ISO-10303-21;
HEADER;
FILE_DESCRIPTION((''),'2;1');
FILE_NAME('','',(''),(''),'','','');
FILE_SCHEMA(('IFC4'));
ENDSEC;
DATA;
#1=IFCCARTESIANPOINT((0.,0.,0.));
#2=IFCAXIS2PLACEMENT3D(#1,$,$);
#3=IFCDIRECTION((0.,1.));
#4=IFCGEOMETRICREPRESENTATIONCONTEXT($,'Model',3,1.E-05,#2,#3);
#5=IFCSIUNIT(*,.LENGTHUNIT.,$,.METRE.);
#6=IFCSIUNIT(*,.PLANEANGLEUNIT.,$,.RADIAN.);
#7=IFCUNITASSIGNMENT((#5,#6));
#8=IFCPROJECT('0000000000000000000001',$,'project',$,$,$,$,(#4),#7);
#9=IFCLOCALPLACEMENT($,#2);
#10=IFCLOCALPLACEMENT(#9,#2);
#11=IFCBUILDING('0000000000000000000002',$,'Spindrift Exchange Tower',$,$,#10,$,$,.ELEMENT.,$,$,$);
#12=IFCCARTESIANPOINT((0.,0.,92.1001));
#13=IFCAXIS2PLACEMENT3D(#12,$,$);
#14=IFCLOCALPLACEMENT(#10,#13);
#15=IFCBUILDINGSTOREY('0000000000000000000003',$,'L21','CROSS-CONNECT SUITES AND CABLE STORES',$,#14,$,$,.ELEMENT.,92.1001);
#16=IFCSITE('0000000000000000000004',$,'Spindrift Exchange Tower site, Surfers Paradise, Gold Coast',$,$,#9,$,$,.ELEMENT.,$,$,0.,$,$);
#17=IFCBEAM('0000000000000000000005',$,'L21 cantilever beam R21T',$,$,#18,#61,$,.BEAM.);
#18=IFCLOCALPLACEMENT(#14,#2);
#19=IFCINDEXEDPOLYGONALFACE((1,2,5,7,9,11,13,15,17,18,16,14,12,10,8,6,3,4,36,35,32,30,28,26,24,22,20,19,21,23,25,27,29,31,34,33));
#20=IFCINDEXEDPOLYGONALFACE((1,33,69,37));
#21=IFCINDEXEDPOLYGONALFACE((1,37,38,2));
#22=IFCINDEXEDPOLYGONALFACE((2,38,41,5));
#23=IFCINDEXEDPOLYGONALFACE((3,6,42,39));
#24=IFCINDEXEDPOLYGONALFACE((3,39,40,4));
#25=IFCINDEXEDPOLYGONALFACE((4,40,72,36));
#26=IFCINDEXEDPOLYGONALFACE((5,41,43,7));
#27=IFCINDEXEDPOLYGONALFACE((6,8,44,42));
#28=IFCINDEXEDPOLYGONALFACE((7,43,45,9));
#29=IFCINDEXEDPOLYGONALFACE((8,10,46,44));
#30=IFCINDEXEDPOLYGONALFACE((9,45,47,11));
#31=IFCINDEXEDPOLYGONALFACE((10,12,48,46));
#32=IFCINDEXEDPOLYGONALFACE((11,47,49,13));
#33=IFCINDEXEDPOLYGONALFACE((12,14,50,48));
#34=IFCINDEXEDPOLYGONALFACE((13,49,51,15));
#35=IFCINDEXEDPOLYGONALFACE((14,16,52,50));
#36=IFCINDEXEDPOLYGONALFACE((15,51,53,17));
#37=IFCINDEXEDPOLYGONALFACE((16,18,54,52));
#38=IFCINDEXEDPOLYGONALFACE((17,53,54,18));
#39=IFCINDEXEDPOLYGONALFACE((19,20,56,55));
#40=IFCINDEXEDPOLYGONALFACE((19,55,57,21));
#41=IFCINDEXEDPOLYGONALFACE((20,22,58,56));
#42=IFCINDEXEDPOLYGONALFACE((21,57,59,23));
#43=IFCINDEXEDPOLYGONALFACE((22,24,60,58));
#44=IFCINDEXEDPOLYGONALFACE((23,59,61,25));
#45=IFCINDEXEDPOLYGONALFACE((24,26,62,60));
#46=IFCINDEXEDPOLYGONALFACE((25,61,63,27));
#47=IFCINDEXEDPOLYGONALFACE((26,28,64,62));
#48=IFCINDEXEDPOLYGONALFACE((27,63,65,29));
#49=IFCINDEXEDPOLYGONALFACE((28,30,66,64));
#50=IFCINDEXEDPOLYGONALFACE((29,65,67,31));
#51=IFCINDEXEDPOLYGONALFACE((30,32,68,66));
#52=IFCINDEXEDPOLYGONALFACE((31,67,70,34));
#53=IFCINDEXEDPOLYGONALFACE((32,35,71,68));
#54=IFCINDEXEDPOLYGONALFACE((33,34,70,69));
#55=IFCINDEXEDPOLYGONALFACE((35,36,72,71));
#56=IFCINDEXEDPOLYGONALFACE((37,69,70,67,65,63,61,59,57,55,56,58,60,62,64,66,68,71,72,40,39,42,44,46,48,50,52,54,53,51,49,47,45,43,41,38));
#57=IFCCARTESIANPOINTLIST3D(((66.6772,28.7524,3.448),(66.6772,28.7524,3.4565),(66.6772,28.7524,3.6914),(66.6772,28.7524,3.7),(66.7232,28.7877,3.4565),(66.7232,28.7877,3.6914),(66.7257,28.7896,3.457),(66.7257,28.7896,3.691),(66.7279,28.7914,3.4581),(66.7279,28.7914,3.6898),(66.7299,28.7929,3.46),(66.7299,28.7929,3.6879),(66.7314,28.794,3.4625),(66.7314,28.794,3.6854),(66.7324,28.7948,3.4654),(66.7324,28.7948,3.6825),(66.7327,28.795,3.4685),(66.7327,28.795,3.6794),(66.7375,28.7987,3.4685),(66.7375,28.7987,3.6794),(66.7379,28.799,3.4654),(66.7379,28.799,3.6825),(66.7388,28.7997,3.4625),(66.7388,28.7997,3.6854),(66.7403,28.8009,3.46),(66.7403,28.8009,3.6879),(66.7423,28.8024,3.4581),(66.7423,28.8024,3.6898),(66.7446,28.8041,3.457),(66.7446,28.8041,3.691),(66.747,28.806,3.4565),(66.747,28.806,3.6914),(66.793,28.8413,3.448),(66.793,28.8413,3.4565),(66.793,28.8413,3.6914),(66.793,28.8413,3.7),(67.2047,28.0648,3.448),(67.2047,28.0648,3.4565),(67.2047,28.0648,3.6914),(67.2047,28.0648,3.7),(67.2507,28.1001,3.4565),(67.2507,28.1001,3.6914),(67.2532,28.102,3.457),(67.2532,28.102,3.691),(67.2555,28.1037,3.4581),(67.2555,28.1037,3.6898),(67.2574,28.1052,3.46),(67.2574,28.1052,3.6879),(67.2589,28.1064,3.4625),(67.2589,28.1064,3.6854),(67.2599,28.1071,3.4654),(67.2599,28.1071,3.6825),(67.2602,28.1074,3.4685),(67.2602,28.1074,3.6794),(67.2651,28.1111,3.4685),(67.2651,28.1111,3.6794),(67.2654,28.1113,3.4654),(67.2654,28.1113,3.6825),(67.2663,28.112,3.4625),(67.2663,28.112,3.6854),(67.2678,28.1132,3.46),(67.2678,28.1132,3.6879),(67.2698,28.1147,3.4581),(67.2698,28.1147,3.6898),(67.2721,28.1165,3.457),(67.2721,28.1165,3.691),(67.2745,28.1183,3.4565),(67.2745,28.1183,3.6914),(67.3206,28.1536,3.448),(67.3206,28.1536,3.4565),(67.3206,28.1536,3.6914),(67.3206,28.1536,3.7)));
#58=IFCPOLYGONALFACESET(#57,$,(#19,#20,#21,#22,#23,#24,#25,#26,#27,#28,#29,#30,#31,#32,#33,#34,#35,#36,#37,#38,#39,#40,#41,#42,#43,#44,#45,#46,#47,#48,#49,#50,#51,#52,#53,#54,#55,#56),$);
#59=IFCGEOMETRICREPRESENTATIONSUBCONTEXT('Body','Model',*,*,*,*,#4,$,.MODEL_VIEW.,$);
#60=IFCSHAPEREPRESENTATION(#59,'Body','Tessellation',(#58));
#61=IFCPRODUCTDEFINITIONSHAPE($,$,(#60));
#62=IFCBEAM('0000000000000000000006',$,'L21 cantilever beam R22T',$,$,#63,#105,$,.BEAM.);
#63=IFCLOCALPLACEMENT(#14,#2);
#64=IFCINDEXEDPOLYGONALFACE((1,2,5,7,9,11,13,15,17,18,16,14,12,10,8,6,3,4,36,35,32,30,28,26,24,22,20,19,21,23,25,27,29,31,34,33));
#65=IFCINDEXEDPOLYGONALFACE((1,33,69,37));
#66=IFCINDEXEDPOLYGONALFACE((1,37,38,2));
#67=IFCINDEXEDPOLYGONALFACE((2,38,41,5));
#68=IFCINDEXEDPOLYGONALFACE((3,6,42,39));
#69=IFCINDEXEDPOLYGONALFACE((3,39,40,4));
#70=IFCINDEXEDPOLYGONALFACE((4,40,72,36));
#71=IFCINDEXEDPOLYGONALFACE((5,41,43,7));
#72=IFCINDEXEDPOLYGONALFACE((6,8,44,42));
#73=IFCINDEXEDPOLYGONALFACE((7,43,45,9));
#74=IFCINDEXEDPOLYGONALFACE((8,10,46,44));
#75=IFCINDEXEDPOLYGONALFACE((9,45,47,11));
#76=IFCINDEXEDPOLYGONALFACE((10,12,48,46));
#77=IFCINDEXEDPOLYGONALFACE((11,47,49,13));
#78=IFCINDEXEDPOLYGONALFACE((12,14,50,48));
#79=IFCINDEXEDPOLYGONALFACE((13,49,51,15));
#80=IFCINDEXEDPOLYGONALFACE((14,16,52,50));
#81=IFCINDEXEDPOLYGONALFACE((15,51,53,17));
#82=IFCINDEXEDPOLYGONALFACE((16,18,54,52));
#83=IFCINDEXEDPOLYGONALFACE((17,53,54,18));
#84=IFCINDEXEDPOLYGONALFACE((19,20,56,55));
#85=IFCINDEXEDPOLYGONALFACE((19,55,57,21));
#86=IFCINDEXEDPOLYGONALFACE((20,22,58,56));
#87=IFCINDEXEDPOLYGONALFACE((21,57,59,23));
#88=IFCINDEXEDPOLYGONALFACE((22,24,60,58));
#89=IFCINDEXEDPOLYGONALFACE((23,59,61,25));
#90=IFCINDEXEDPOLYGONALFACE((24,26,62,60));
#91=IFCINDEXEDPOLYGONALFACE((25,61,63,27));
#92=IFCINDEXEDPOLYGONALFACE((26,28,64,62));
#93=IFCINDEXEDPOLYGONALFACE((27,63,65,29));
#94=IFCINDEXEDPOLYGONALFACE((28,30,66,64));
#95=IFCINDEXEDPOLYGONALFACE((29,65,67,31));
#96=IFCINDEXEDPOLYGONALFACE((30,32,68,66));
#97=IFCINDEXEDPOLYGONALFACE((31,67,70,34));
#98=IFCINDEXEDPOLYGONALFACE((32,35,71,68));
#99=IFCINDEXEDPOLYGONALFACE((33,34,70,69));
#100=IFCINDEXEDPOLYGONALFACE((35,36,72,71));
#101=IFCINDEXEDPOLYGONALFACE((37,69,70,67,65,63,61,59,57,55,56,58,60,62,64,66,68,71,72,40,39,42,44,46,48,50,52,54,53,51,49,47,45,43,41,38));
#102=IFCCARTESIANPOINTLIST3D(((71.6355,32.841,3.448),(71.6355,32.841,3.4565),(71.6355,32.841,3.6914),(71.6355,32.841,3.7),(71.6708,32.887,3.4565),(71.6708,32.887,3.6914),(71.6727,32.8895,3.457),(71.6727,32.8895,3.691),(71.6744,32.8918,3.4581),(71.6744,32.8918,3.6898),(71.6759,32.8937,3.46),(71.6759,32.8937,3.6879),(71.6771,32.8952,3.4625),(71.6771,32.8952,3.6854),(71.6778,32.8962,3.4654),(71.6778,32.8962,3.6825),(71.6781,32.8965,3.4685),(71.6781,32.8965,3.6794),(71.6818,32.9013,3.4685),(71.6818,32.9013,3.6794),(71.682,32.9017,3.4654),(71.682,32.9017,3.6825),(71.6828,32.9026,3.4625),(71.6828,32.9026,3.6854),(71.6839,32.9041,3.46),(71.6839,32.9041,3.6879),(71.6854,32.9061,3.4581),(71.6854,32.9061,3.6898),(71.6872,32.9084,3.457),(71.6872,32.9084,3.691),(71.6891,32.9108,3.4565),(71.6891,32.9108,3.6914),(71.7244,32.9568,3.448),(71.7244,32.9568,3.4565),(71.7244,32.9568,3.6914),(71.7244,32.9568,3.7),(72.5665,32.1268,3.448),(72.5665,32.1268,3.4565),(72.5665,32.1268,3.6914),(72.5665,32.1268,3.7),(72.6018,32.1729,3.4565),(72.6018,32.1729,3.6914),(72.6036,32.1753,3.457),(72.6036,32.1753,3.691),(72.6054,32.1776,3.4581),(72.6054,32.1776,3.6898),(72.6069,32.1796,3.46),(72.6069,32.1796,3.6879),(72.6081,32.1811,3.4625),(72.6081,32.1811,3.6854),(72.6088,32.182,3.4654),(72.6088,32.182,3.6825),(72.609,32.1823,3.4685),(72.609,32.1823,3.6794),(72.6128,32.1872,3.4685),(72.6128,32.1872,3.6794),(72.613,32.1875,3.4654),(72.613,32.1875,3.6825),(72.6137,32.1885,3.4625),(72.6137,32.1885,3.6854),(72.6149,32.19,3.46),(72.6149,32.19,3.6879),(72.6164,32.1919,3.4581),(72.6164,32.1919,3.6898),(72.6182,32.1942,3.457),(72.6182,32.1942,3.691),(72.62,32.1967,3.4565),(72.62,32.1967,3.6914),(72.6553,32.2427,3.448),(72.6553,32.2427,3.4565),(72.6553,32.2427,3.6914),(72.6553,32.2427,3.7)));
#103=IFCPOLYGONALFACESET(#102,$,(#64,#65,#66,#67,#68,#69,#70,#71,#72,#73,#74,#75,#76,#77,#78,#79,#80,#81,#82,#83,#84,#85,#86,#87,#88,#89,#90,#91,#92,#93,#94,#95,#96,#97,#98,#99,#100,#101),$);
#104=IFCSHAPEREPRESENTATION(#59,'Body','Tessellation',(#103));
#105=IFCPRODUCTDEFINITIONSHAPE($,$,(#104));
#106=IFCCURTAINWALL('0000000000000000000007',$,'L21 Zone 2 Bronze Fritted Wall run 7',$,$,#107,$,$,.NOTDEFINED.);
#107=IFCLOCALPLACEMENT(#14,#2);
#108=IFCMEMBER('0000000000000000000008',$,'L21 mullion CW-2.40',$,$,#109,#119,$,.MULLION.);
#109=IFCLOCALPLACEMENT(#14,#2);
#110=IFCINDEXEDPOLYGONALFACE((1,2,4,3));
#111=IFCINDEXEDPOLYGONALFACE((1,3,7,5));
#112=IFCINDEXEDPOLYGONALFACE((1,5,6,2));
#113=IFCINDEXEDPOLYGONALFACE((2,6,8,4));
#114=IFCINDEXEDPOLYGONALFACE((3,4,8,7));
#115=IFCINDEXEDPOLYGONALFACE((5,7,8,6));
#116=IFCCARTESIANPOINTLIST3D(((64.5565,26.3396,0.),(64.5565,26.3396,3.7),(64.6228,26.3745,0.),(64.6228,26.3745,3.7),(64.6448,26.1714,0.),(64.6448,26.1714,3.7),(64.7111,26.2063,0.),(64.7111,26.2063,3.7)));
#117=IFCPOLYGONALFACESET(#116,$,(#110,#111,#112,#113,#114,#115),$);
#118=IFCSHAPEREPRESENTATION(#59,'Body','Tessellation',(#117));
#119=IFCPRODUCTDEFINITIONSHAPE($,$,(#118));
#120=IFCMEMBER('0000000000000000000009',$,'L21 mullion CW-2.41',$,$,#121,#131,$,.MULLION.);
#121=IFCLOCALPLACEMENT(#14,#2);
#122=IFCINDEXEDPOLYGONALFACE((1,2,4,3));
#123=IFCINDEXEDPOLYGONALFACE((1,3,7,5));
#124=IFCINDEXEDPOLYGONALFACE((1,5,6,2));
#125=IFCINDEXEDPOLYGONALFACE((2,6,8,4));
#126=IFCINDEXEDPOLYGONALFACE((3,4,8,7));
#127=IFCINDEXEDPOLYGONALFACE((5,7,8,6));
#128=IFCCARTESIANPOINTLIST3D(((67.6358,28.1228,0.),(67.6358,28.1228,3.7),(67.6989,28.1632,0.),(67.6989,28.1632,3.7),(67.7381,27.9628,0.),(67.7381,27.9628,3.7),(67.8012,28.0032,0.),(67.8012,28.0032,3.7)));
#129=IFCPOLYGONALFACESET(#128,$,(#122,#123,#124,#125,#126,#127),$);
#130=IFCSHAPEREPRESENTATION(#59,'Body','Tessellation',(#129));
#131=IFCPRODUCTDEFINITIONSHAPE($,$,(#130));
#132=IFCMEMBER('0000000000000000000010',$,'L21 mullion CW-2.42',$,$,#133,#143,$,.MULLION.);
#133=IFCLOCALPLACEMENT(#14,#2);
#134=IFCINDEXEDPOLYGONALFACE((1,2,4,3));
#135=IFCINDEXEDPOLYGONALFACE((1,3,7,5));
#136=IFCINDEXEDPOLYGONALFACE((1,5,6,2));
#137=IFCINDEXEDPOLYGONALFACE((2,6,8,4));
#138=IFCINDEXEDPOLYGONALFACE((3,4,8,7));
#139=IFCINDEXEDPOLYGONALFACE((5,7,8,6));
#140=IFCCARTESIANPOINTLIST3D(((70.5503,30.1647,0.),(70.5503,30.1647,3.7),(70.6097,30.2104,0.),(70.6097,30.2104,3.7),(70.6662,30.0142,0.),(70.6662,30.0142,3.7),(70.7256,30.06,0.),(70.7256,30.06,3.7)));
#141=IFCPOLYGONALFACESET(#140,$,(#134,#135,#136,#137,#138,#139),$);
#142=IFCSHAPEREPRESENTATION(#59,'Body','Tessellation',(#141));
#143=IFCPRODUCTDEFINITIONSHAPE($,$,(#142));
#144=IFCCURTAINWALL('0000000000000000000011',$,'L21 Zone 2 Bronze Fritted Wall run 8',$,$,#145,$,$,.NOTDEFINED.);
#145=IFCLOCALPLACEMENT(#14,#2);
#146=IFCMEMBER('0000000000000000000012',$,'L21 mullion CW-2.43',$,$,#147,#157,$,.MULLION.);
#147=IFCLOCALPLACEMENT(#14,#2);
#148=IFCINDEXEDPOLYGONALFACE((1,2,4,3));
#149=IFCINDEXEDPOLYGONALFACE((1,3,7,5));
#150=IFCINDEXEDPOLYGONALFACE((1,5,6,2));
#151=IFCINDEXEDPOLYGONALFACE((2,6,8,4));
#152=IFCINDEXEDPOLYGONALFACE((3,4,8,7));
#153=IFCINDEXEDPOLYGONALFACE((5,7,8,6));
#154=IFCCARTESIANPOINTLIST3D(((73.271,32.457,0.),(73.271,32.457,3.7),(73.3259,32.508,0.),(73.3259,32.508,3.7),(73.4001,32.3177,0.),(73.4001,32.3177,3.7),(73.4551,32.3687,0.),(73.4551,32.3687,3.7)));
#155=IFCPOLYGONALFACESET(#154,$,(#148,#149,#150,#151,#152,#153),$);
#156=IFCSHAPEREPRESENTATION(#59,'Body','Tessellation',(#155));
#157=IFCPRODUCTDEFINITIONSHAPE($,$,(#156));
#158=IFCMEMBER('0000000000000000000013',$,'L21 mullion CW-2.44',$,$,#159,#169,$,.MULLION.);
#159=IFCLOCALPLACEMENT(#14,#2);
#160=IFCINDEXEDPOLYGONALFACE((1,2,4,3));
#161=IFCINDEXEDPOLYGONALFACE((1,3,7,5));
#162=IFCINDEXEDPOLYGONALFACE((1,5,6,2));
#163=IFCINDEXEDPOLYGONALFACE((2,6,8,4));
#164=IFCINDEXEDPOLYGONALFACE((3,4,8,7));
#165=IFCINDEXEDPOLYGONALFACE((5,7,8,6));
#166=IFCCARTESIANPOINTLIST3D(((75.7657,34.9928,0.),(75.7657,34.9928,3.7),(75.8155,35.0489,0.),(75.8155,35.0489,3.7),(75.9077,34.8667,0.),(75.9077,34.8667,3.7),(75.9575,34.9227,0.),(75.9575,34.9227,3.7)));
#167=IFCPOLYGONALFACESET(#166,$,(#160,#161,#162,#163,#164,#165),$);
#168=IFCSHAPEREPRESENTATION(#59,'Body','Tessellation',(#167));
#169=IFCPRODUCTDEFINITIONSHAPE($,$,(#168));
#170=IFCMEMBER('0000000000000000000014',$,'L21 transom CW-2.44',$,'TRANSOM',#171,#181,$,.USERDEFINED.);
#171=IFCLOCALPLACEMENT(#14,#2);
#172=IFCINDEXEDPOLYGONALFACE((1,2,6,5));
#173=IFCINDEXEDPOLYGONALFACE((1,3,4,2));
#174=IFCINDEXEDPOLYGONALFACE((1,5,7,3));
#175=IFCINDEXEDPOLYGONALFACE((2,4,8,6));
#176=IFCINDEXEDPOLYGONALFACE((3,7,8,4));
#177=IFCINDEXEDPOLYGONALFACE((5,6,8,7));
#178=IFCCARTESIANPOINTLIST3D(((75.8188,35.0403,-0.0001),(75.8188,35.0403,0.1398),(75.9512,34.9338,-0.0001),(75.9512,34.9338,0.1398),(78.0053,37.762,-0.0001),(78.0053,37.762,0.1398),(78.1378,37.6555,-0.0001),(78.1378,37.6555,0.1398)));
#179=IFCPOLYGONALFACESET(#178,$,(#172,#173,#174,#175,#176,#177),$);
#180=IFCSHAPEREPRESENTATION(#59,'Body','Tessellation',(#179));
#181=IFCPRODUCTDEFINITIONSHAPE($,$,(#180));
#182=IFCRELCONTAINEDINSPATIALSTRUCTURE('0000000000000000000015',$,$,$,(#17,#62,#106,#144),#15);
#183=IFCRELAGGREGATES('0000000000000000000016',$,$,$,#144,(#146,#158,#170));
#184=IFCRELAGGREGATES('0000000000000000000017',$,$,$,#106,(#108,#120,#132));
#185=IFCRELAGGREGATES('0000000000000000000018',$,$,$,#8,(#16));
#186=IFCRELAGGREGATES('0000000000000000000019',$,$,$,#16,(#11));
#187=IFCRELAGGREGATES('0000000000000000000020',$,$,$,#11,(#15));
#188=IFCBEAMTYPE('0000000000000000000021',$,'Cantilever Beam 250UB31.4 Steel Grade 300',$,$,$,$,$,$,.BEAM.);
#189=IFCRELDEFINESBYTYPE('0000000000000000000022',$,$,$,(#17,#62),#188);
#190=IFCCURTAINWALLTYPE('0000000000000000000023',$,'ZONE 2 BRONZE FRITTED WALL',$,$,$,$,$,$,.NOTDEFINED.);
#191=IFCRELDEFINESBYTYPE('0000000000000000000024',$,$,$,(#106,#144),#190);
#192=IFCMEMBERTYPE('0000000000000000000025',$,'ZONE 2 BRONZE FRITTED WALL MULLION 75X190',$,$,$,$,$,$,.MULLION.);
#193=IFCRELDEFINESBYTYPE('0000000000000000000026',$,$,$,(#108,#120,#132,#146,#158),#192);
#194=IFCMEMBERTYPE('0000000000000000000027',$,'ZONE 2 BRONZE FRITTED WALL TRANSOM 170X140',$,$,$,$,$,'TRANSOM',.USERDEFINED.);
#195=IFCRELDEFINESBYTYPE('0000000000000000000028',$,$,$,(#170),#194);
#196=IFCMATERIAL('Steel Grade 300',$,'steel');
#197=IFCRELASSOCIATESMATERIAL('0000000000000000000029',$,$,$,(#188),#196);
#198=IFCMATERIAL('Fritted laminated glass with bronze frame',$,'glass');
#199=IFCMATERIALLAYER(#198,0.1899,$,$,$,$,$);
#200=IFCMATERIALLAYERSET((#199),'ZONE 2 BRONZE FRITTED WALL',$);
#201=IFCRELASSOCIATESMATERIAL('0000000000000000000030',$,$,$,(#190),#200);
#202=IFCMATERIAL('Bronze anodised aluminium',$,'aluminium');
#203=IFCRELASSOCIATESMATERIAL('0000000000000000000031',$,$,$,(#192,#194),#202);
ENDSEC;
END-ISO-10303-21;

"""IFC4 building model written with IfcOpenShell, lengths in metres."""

from ifc_helpers import new_model, si_unit, direction, frame, origin, origin_2d, place, context, subcontext, project, spatial, rectangle, i_section, extrude, source, transform, mapped, material, layer, layer_set, material_profile, profile_set, type_object, element, aggregate, save


model = new_model("IFC4")

# Units and contexts
model_context = context("Model", 3, precision=1e-05, world=origin(), true_north=direction((0.0, 1.0)))
body_context = subcontext(model_context, "Body", "Model", "MODEL_VIEW")
ifc_project = project(units=[si_unit("LENGTHUNIT", "METRE"), si_unit("PLANEANGLEUNIT", "RADIAN")], contexts=[model_context])

# Site, building, storey
site_placement = place(None, origin())
site = spatial("IfcSite", under=ifc_project, at=site_placement, Name="Spindrift Exchange Tower site, Surfers Paradise, Gold Coast", CompositionType="ELEMENT", RefElevation=0.0)
building_placement = place(site_placement, origin())
building = spatial("IfcBuilding", under=site, at=building_placement, Name="Spindrift Exchange Tower", CompositionType="ELEMENT")
storey_placement = place(building_placement, frame((0.0, 0.0, 92.1001)))
storey = spatial("IfcBuildingStorey", under=building, at=storey_placement, Name="L21", Description="CROSS-CONNECT SUITES AND CABLE STORES", CompositionType="ELEMENT", Elevation=92.1001)

# Beams
ifc_material_1 = material(Name="Steel Grade 300", Category="steel")
ifc_material_profile_1 = material_profile(ifc_material_1, i_section(OverallWidth=0.146, OverallDepth=0.252, WebThickness=0.0061, FlangeThickness=0.0085, FilletRadius=0.012, at=origin_2d()), Name="250UB31.4")
ifc_profile_set_1 = profile_set([ifc_material_profile_1], Name="Steel Grade 300")
beam_type_1 = type_object("IfcBeamType", Name="Cantilever Beam 250UB31.4 Steel Grade 300", PredefinedType="BEAM", material=ifc_profile_set_1)
shared_shape_1 = source(origin(), body_context, "Body", "SweptSolid", [
    extrude(i_section(OverallWidth=0.146, OverallDepth=0.252, WebThickness=0.0061, FlangeThickness=0.0085, FilletRadius=0.012, at=origin_2d()), origin(), (0.0, 0.0, 1.0), 0.8667),
])
beam_1_placement = place(storey_placement, frame((66.7351, 28.7969, 3.574), z_axis=(0.608662, -0.79343, 0.0), x_axis=(0.79343, 0.608662, 0.0)))
element("IfcBeam", 1, at=beam_1_placement, inside=storey, type_object=beam_type_1, Name="L21 cantilever beam R21T", PredefinedType="BEAM", context=body_context, shape_type="MappedRepresentation", body=[
    mapped(shared_shape_1, transform((0.0, 0.0, 0.0), scale=1.0)),
])
shared_shape_2 = source(origin(), body_context, "Body", "SweptSolid", [
    extrude(i_section(OverallWidth=0.146, OverallDepth=0.252, WebThickness=0.0061, FlangeThickness=0.0085, FilletRadius=0.012, at=origin_2d()), origin(), (0.0, 0.0, 1.0), 1.1733),
])
beam_2_placement = place(storey_placement, frame((71.6799, 32.8989, 3.574), z_axis=(0.793436, -0.608654, 0.0), x_axis=(0.608654, 0.793436, 0.0)))
element("IfcBeam", 2, at=beam_2_placement, inside=storey, type_object=beam_type_1, Name="L21 cantilever beam R22T", PredefinedType="BEAM", context=body_context, shape_type="MappedRepresentation", body=[
    mapped(shared_shape_2, transform((0.0, 0.0, 0.0), scale=1.0)),
])

# Curtain walls, members
ifc_material_2 = material(Name="Fritted laminated glass with bronze frame", Category="glass")
ifc_layer_1 = layer(ifc_material_2, 0.1899)
ifc_layer_set_1 = layer_set([ifc_layer_1], Name="ZONE 2 BRONZE FRITTED WALL")
curtain_wall_type = type_object("IfcCurtainWallType", Name="ZONE 2 BRONZE FRITTED WALL", PredefinedType="NOTDEFINED", material=ifc_layer_set_1)
curtain_wall_1_placement = place(storey_placement, origin())
curtain_wall_1 = element("IfcCurtainWall", 3, at=curtain_wall_1_placement, inside=storey, type_object=curtain_wall_type, Name="L21 Zone 2 Bronze Fritted Wall run 7", PredefinedType="NOTDEFINED")
ifc_material_3 = material(Name="Bronze anodised aluminium", Category="aluminium")
ifc_material_profile_2 = material_profile(ifc_material_3, rectangle(XDim=0.075, YDim=0.1899, at=origin_2d()), Name="ZONE 2 BRONZE FRITTED WALL MULLION 75X190")
ifc_profile_set_2 = profile_set([ifc_material_profile_2], Name="Bronze anodised aluminium")
member_type_1 = type_object("IfcMemberType", Name="ZONE 2 BRONZE FRITTED WALL MULLION 75X190", PredefinedType="MULLION", material=ifc_profile_set_2)
shared_shape_3 = source(origin(), body_context, "Body", "SweptSolid", [
    extrude(rectangle(XDim=0.075, YDim=0.1899, at=origin_2d()), origin(), (0.0, 0.0, 1.0), 3.7),
])
member_1_placement = place(storey_placement, frame((64.6338, 26.2729, 0.0), z_axis=(0.0, 0.0, 1.0), x_axis=(0.885386, 0.464857, 0.0)))
member_1 = element("IfcMember", 4, at=member_1_placement, type_object=member_type_1, Name="L21 mullion CW-2.40", PredefinedType="MULLION", context=body_context, shape_type="MappedRepresentation", body=[
    mapped(shared_shape_3, transform((0.0, 0.0, 0.0), scale=1.0)),
])
member_2_placement = place(storey_placement, frame((67.7185, 28.063, 0.0), z_axis=(0.0, 0.0, 1.0), x_axis=(0.84249, 0.538712, 0.0)))
member_2 = element("IfcMember", 5, at=member_2_placement, type_object=member_type_1, Name="L21 mullion CW-2.41", PredefinedType="MULLION", context=body_context, shape_type="MappedRepresentation", body=[
    mapped(shared_shape_3, transform((0.0, 0.0, 0.0), scale=1.0)),
])
member_3_placement = place(storey_placement, frame((70.6379, 30.1123, 0.0), z_axis=(0.0, 0.0, 1.0), x_axis=(0.792089, 0.610406, 0.0)))
member_3 = element("IfcMember", 6, at=member_3_placement, type_object=member_type_1, Name="L21 mullion CW-2.42", PredefinedType="MULLION", context=body_context, shape_type="MappedRepresentation", body=[
    mapped(shared_shape_3, transform((0.0, 0.0, 0.0), scale=1.0)),
])
curtain_wall_2_placement = place(storey_placement, origin())
curtain_wall_2 = element("IfcCurtainWall", 7, at=curtain_wall_2_placement, inside=storey, type_object=curtain_wall_type, Name="L21 Zone 2 Bronze Fritted Wall run 8", PredefinedType="NOTDEFINED")
member_4_placement = place(storey_placement, frame((73.363, 32.4128, 0.0), z_axis=(0.0, 0.0, 1.0), x_axis=(0.733141, 0.680076, 0.0)))
member_4 = element("IfcMember", 8, at=member_4_placement, type_object=member_type_1, Name="L21 mullion CW-2.43", PredefinedType="MULLION", context=body_context, shape_type="MappedRepresentation", body=[
    mapped(shared_shape_3, transform((0.0, 0.0, 0.0), scale=1.0)),
])
member_5_placement = place(storey_placement, frame((75.8616, 34.9578, 0.0), z_axis=(0.0, 0.0, 1.0), x_axis=(0.664243, 0.747516, 0.0)))
member_5 = element("IfcMember", 9, at=member_5_placement, type_object=member_type_1, Name="L21 mullion CW-2.44", PredefinedType="MULLION", context=body_context, shape_type="MappedRepresentation", body=[
    mapped(shared_shape_3, transform((0.0, 0.0, 0.0), scale=1.0)),
])
ifc_material_profile_3 = material_profile(ifc_material_3, rectangle(XDim=0.1699, YDim=0.1399, at=origin_2d()), Name="ZONE 2 BRONZE FRITTED WALL TRANSOM 170X140")
ifc_profile_set_3 = profile_set([ifc_material_profile_3], Name="Bronze anodised aluminium")
member_type_2 = type_object("IfcMemberType", Name="ZONE 2 BRONZE FRITTED WALL TRANSOM 170X140", ElementType="TRANSOM", PredefinedType="USERDEFINED", material=ifc_profile_set_3)
shared_shape_4 = source(origin(), body_context, "Body", "SweptSolid", [
    extrude(rectangle(XDim=0.1699, YDim=0.1399, at=origin_2d()), origin(), (0.0, 0.0, 1.0), 3.4912),
])
member_6_placement = place(storey_placement, frame((75.885, 34.9871, 0.0698), z_axis=(0.626297, 0.779585, 0.0), x_axis=(-0.779585, 0.626297, 0.0)))
member_6 = element("IfcMember", 10, at=member_6_placement, type_object=member_type_2, Name="L21 transom CW-2.44", ObjectType="TRANSOM", PredefinedType="USERDEFINED", context=body_context, shape_type="MappedRepresentation", body=[
    mapped(shared_shape_4, transform((0.0, 0.0, 0.0), scale=1.0)),
])

aggregate(curtain_wall_2, [member_4, member_5, member_6])
aggregate(curtain_wall_1, [member_1, member_2, member_3])

save(model, "model.ifc")
